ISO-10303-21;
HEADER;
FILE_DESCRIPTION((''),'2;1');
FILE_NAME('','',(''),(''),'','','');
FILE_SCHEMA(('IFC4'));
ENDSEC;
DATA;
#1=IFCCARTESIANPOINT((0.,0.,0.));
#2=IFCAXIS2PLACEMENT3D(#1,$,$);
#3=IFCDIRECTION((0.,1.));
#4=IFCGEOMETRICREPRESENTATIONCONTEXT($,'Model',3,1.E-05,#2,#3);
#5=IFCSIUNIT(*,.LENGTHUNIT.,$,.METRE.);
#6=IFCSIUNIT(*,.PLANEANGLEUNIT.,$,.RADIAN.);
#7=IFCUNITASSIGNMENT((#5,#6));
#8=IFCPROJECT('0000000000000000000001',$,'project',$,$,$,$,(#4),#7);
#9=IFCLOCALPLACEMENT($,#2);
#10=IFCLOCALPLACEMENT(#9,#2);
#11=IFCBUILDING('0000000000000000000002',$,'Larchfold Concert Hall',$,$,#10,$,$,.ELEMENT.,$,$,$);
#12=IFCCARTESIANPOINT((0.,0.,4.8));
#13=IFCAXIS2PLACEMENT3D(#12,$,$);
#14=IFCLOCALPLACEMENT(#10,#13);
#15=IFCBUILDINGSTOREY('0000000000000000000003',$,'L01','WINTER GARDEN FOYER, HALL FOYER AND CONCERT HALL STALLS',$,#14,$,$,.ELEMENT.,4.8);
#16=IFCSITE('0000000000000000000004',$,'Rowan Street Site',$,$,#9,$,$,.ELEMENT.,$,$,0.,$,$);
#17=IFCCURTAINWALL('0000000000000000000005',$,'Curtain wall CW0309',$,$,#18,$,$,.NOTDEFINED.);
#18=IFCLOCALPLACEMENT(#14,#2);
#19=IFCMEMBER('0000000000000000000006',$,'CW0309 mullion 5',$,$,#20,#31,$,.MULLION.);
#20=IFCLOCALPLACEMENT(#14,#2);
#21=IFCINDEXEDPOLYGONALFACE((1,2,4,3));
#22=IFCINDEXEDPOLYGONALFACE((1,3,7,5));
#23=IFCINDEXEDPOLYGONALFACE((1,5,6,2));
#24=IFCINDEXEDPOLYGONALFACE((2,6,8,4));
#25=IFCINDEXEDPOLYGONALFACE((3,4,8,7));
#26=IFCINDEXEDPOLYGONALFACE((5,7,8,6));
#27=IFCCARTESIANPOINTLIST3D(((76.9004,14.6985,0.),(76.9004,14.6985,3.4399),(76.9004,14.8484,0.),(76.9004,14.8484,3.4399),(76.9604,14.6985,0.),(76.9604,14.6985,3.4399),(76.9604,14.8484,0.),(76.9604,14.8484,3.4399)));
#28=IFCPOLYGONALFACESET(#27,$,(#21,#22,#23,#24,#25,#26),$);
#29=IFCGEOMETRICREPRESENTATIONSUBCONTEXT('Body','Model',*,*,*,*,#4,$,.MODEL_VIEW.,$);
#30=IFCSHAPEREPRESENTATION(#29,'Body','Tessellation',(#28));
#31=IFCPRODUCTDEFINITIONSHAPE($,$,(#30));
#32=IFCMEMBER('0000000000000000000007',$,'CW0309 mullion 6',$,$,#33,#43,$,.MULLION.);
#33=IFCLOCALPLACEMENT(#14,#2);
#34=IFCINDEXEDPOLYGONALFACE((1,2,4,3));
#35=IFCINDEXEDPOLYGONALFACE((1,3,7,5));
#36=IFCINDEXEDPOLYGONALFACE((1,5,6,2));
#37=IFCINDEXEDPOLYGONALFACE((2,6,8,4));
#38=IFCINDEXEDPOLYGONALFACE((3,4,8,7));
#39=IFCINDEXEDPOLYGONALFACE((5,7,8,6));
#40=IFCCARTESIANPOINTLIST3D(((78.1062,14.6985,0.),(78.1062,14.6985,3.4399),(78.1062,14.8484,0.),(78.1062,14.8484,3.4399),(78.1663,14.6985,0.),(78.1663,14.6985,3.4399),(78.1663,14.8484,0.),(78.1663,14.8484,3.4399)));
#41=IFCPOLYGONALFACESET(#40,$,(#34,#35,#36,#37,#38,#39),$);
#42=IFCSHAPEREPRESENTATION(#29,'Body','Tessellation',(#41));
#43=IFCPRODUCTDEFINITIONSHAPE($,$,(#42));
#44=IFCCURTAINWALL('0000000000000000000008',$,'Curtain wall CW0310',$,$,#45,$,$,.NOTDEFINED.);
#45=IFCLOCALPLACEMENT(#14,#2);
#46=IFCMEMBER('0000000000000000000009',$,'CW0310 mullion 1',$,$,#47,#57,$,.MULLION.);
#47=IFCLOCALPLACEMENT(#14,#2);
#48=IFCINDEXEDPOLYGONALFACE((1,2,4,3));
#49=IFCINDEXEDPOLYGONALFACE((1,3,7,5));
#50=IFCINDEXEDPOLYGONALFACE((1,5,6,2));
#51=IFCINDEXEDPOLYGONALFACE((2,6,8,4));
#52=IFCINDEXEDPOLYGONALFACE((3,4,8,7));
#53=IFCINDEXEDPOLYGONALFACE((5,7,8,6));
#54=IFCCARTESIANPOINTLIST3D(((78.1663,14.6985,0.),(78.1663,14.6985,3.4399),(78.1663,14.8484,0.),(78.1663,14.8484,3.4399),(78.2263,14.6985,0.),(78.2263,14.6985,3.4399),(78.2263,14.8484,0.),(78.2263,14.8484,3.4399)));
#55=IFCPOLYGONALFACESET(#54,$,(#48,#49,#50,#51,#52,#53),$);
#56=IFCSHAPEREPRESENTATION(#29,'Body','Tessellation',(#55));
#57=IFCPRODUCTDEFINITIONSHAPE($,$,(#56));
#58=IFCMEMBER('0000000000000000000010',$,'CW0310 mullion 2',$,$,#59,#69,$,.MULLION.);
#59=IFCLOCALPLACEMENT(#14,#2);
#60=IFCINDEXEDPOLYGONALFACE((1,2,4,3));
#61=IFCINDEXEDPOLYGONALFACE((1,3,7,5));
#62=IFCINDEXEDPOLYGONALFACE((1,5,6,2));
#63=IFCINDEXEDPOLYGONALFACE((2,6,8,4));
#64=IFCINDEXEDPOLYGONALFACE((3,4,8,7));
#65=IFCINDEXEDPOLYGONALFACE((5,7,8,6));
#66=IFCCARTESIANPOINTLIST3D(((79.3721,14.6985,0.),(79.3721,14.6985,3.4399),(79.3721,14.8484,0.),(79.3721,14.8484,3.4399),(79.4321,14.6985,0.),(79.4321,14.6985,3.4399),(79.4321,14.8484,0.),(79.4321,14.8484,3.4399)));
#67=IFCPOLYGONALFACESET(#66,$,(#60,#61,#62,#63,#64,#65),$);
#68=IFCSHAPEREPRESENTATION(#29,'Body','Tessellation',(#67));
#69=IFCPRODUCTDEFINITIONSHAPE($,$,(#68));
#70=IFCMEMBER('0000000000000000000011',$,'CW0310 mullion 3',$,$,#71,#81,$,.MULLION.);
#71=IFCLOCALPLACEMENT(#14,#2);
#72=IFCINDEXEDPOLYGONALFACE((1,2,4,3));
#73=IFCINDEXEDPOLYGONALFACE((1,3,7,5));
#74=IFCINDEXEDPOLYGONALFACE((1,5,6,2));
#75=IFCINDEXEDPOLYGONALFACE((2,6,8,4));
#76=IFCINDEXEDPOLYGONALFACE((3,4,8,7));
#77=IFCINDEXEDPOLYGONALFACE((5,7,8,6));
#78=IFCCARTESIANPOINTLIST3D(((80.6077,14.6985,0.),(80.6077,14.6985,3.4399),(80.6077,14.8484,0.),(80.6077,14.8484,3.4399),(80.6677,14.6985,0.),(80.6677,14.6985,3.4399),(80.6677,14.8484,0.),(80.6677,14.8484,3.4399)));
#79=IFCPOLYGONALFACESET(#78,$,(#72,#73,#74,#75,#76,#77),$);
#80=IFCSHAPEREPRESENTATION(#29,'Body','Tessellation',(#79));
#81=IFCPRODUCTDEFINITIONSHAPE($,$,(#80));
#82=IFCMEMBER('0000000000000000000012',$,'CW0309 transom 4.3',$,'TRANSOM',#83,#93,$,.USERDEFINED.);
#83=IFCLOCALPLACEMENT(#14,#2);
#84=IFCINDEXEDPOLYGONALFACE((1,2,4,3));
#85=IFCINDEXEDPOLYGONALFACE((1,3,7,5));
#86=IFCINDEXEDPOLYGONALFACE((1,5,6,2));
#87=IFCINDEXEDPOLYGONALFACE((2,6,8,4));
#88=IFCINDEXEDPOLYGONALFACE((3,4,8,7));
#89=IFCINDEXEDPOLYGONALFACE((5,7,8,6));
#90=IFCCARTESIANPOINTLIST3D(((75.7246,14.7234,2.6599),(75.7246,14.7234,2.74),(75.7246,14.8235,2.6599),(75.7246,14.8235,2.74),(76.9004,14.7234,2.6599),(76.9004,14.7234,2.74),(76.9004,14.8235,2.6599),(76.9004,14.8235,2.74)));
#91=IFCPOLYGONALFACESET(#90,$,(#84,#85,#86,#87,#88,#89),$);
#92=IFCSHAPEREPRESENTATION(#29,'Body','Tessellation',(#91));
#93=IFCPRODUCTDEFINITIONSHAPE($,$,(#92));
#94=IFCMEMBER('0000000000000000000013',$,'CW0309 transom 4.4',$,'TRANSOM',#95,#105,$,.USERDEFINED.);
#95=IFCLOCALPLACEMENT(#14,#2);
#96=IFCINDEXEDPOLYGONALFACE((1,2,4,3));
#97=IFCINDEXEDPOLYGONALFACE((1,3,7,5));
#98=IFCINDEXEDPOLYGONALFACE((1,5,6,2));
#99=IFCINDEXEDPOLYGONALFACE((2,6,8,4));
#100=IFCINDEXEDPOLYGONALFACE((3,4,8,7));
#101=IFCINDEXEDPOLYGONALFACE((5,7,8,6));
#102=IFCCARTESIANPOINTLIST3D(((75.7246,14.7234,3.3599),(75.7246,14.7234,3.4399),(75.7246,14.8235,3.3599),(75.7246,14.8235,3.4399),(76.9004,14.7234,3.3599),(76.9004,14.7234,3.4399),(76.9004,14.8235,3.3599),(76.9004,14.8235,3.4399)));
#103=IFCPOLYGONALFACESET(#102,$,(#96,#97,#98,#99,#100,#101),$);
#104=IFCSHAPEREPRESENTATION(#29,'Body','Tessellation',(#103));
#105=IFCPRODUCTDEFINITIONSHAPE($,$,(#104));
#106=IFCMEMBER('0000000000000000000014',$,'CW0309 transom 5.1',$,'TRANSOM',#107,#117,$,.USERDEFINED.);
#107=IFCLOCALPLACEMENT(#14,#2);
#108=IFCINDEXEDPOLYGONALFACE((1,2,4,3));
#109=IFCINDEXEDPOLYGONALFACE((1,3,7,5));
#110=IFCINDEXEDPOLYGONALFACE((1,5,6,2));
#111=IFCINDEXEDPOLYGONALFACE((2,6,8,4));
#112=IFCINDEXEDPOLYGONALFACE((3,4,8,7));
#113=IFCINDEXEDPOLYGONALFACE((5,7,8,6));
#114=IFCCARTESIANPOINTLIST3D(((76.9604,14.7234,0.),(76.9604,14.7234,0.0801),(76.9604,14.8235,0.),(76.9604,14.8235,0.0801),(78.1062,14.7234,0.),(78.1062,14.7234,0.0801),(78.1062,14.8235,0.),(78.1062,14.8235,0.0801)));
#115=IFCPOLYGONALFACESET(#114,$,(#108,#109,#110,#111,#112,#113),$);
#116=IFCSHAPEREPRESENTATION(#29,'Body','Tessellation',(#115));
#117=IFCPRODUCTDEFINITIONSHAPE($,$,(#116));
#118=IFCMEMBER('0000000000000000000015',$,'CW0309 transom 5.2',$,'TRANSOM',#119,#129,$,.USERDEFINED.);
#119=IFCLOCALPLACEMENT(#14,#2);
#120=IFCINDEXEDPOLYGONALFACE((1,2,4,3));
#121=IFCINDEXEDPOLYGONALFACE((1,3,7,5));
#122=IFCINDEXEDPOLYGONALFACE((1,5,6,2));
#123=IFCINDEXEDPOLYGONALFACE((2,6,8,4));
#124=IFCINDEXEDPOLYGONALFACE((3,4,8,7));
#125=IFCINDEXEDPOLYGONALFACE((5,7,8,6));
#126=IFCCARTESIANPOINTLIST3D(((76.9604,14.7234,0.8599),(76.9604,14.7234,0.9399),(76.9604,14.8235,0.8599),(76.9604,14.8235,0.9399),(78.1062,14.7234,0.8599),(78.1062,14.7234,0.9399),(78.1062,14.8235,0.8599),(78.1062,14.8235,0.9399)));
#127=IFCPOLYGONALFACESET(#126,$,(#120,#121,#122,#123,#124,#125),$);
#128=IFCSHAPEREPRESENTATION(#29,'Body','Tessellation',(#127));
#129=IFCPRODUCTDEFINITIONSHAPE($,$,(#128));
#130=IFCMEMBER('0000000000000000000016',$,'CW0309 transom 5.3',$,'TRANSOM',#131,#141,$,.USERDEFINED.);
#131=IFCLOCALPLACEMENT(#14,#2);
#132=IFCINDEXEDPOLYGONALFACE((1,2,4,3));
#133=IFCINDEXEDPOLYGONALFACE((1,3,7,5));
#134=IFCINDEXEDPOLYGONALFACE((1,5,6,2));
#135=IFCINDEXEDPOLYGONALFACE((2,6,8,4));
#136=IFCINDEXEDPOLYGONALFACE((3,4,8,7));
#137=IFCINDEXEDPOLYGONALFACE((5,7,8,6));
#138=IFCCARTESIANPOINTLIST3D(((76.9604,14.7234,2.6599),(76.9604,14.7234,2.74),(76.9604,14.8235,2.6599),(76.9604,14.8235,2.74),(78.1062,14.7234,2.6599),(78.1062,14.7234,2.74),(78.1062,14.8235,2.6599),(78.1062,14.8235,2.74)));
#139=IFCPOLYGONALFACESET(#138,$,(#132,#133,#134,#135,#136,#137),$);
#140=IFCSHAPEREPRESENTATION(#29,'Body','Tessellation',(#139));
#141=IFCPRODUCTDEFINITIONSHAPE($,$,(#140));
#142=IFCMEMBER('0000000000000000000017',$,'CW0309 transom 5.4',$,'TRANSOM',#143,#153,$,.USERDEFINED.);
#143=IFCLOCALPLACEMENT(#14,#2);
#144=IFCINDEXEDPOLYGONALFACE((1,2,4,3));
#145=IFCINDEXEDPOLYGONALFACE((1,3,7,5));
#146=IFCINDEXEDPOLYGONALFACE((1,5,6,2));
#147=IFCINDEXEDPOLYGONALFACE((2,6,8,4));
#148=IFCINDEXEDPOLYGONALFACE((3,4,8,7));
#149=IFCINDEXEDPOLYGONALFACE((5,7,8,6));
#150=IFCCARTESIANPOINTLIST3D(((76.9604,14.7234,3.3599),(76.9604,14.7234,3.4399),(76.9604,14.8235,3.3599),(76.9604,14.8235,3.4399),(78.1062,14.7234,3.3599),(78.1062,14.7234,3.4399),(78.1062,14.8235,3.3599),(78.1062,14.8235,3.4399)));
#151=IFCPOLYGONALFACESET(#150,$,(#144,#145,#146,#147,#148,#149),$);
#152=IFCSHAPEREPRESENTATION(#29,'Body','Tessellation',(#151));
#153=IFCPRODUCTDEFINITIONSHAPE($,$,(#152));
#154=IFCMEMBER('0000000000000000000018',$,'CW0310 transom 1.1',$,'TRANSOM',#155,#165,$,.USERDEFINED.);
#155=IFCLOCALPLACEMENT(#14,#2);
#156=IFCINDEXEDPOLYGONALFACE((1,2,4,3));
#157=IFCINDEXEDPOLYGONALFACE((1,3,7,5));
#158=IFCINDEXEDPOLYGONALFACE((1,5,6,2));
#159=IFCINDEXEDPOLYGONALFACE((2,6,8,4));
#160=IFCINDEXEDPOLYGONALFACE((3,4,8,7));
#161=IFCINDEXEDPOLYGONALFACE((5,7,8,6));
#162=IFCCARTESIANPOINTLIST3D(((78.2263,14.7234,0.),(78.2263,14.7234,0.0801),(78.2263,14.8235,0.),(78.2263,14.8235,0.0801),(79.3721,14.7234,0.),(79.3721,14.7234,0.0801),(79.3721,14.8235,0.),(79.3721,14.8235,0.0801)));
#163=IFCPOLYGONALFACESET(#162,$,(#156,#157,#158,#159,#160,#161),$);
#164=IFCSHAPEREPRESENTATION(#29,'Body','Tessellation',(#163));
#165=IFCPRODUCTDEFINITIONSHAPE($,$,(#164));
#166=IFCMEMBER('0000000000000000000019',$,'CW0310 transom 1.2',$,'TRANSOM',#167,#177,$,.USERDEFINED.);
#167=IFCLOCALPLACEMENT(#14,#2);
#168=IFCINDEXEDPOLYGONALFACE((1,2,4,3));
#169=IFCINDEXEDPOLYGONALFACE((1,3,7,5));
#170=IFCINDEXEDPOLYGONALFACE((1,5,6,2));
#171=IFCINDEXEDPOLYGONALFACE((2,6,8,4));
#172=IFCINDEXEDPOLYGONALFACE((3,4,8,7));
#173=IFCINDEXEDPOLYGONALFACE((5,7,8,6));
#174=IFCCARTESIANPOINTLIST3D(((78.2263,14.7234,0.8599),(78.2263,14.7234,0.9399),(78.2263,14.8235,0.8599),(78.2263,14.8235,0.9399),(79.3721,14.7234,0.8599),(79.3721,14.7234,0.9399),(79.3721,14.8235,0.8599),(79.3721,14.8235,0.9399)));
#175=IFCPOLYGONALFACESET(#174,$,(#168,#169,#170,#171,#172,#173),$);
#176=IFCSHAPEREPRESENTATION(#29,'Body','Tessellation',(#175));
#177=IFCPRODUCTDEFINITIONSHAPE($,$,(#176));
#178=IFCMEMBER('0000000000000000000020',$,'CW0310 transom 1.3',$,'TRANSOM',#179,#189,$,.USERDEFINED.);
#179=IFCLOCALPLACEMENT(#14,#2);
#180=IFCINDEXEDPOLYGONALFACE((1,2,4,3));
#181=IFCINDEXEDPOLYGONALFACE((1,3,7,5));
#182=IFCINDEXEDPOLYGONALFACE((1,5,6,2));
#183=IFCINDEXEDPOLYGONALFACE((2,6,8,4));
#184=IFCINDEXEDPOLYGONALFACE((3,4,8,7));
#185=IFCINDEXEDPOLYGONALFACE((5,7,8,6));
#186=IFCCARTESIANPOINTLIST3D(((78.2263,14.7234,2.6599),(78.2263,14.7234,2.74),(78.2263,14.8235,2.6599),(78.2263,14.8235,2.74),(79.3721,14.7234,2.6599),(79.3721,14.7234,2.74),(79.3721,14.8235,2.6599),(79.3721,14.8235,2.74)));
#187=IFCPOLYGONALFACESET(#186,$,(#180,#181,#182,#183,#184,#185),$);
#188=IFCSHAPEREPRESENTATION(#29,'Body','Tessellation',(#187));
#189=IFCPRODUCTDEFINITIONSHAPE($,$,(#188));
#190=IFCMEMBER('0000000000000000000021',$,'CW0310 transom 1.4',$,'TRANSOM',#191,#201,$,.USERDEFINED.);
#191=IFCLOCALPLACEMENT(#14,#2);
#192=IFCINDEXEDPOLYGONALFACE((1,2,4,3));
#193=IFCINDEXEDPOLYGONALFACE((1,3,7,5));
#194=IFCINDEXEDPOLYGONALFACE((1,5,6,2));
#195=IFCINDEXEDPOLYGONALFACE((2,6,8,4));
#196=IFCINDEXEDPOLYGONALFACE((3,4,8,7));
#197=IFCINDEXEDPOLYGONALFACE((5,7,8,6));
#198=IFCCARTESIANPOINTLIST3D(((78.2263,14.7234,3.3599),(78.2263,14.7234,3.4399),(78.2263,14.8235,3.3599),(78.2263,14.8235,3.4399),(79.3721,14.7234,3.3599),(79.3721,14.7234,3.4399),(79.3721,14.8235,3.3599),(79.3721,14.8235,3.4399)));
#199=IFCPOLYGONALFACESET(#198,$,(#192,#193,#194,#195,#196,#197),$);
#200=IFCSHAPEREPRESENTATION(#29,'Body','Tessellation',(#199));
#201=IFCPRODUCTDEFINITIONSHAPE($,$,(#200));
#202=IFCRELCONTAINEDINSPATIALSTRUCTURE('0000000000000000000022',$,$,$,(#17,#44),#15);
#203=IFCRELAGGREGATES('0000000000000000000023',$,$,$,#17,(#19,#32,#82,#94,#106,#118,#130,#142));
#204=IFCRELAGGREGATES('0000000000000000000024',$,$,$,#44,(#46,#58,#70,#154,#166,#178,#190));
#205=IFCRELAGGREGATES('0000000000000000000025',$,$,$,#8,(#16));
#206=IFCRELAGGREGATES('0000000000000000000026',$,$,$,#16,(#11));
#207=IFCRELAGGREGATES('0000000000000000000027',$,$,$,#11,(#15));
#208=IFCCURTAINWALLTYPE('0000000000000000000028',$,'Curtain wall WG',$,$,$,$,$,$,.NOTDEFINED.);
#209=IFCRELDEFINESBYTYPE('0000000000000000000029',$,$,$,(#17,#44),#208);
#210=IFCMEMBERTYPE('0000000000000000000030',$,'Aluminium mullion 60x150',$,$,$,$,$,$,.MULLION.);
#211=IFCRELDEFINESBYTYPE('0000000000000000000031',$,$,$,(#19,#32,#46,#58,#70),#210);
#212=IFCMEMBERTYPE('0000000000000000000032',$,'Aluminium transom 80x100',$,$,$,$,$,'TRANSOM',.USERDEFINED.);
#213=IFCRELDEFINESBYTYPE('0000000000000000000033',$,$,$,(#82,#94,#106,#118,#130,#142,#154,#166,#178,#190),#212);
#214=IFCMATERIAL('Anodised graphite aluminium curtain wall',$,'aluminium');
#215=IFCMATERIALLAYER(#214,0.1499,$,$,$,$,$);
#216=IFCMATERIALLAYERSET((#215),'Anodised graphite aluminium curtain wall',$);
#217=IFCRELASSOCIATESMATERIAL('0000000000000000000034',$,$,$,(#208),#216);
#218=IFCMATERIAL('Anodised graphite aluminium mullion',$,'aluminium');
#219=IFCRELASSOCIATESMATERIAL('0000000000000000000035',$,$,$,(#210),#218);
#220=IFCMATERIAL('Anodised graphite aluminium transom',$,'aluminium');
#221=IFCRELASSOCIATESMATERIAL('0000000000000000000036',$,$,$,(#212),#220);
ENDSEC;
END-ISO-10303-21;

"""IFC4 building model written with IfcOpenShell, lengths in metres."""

from ifc_helpers import new_model, si_unit, direction, frame, origin, origin_2d, place, context, subcontext, project, spatial, rectangle, extrude, material, layer, layer_set, material_profile, profile_set, type_object, element, aggregate, save


model = new_model("IFC4")

# Units and contexts
model_context = context("Model", 3, precision=1e-05, world=origin(), true_north=direction((0.0, 1.0)))
body_context = subcontext(model_context, "Body", "Model", "MODEL_VIEW")
ifc_project = project(units=[si_unit("LENGTHUNIT", "METRE"), si_unit("PLANEANGLEUNIT", "RADIAN")], contexts=[model_context])

# Site, building, storey
site_placement = place(None, origin())
site = spatial("IfcSite", under=ifc_project, at=site_placement, Name="Rowan Street Site", CompositionType="ELEMENT", RefElevation=0.0)
building_placement = place(site_placement, origin())
building = spatial("IfcBuilding", under=site, at=building_placement, Name="Larchfold Concert Hall", CompositionType="ELEMENT")
storey_placement = place(building_placement, frame((0.0, 0.0, 4.8)))
storey = spatial("IfcBuildingStorey", under=building, at=storey_placement, Name="L01", Description="WINTER GARDEN FOYER, HALL FOYER AND CONCERT HALL STALLS", CompositionType="ELEMENT", Elevation=4.8)

# Curtain walls, members
ifc_material_1 = material(Name="Anodised graphite aluminium curtain wall", Category="aluminium")
ifc_layer_1 = layer(ifc_material_1, 0.1499)
ifc_layer_set_1 = layer_set([ifc_layer_1], Name="Anodised graphite aluminium curtain wall")
curtain_wall_type = type_object("IfcCurtainWallType", Name="Curtain wall WG", PredefinedType="NOTDEFINED", material=ifc_layer_set_1)
curtain_wall_1_placement = place(storey_placement, origin())
curtain_wall_1 = element("IfcCurtainWall", 1, at=curtain_wall_1_placement, inside=storey, type_object=curtain_wall_type, Name="Curtain wall CW0309", PredefinedType="NOTDEFINED")
ifc_material_2 = material(Name="Anodised graphite aluminium mullion", Category="aluminium")
ifc_material_profile_1 = material_profile(ifc_material_2, rectangle(XDim=0.1499, YDim=0.0601, at=origin_2d()))
ifc_profile_set_1 = profile_set([ifc_material_profile_1], Name="Anodised graphite aluminium mullion")
member_type_1 = type_object("IfcMemberType", Name="Aluminium mullion 60x150", PredefinedType="MULLION", material=ifc_profile_set_1)
member_1_placement = place(storey_placement, frame((76.9304, 14.7734, 0.0), z_axis=(0.0, 0.0, 1.0), x_axis=(0.0, 1.0, 0.0)))
member_1 = element("IfcMember", 2, at=member_1_placement, type_object=member_type_1, Name="CW0309 mullion 5", PredefinedType="MULLION", context=body_context, shape_type="SweptSolid", body=[
    extrude(rectangle(XDim=0.1499, YDim=0.0601, at=origin_2d()), origin(), (0.0, 0.0, 1.0), 3.4399),
])
member_2_placement = place(storey_placement, frame((78.1362, 14.7734, 0.0), z_axis=(0.0, 0.0, 1.0), x_axis=(0.0, 1.0, 0.0)))
member_2 = element("IfcMember", 3, at=member_2_placement, type_object=member_type_1, Name="CW0309 mullion 6", PredefinedType="MULLION", context=body_context, shape_type="SweptSolid", body=[
    extrude(rectangle(XDim=0.1499, YDim=0.0601, at=origin_2d()), origin(), (0.0, 0.0, 1.0), 3.4399),
])
curtain_wall_2_placement = place(storey_placement, origin())
curtain_wall_2 = element("IfcCurtainWall", 4, at=curtain_wall_2_placement, inside=storey, type_object=curtain_wall_type, Name="Curtain wall CW0310", PredefinedType="NOTDEFINED")
member_3_placement = place(storey_placement, frame((78.1963, 14.7734, 0.0), z_axis=(0.0, 0.0, 1.0), x_axis=(0.0, 1.0, 0.0)))
member_3 = element("IfcMember", 5, at=member_3_placement, type_object=member_type_1, Name="CW0310 mullion 1", PredefinedType="MULLION", context=body_context, shape_type="SweptSolid", body=[
    extrude(rectangle(XDim=0.1499, YDim=0.0601, at=origin_2d()), origin(), (0.0, 0.0, 1.0), 3.4399),
])
member_4_placement = place(storey_placement, frame((79.4021, 14.7734, 0.0), z_axis=(0.0, 0.0, 1.0), x_axis=(0.0, 1.0, 0.0)))
member_4 = element("IfcMember", 6, at=member_4_placement, type_object=member_type_1, Name="CW0310 mullion 2", PredefinedType="MULLION", context=body_context, shape_type="SweptSolid", body=[
    extrude(rectangle(XDim=0.1499, YDim=0.0601, at=origin_2d()), origin(), (0.0, 0.0, 1.0), 3.4399),
])
member_5_placement = place(storey_placement, frame((80.6377, 14.7734, 0.0), z_axis=(0.0, 0.0, 1.0), x_axis=(0.0, 1.0, 0.0)))
member_5 = element("IfcMember", 7, at=member_5_placement, type_object=member_type_1, Name="CW0310 mullion 3", PredefinedType="MULLION", context=body_context, shape_type="SweptSolid", body=[
    extrude(rectangle(XDim=0.1499, YDim=0.0601, at=origin_2d()), origin(), (0.0, 0.0, 1.0), 3.4399),
])

# Members
ifc_material_3 = material(Name="Anodised graphite aluminium transom", Category="aluminium")
ifc_material_profile_2 = material_profile(ifc_material_3, rectangle(XDim=0.1001, YDim=0.0801, at=origin_2d()))
ifc_profile_set_2 = profile_set([ifc_material_profile_2], Name="Anodised graphite aluminium transom")
member_type_2 = type_object("IfcMemberType", Name="Aluminium transom 80x100", ElementType="TRANSOM", PredefinedType="USERDEFINED", material=ifc_profile_set_2)
member_6_placement = place(storey_placement, frame((75.7246, 14.7734, 2.7), z_axis=(1.0, 0.0, 0.0), x_axis=(0.0, 1.0, 0.0)))
member_6 = element("IfcMember", 8, at=member_6_placement, type_object=member_type_2, Name="CW0309 transom 4.3", ObjectType="TRANSOM", PredefinedType="USERDEFINED", context=body_context, shape_type="SweptSolid", body=[
    extrude(rectangle(XDim=0.1001, YDim=0.0801, at=origin_2d()), origin(), (0.0, 0.0, 1.0), 1.1758),
])
member_7_placement = place(storey_placement, frame((75.7246, 14.7734, 3.3999), z_axis=(1.0, 0.0, 0.0), x_axis=(0.0, 1.0, 0.0)))
member_7 = element("IfcMember", 9, at=member_7_placement, type_object=member_type_2, Name="CW0309 transom 4.4", ObjectType="TRANSOM", PredefinedType="USERDEFINED", context=body_context, shape_type="SweptSolid", body=[
    extrude(rectangle(XDim=0.1001, YDim=0.0801, at=origin_2d()), origin(), (0.0, 0.0, 1.0), 1.1758),
])
member_8_placement = place(storey_placement, frame((76.9604, 14.7734, 0.04), z_axis=(1.0, 0.0, 0.0), x_axis=(0.0, 1.0, 0.0)))
member_8 = element("IfcMember", 10, at=member_8_placement, type_object=member_type_2, Name="CW0309 transom 5.1", ObjectType="TRANSOM", PredefinedType="USERDEFINED", context=body_context, shape_type="SweptSolid", body=[
    extrude(rectangle(XDim=0.1001, YDim=0.0801, at=origin_2d()), origin(), (0.0, 0.0, 1.0), 1.1458),
])
member_9_placement = place(storey_placement, frame((76.9604, 14.7734, 0.8999), z_axis=(1.0, 0.0, 0.0), x_axis=(0.0, 1.0, 0.0)))
member_9 = element("IfcMember", 11, at=member_9_placement, type_object=member_type_2, Name="CW0309 transom 5.2", ObjectType="TRANSOM", PredefinedType="USERDEFINED", context=body_context, shape_type="SweptSolid", body=[
    extrude(rectangle(XDim=0.1001, YDim=0.0801, at=origin_2d()), origin(), (0.0, 0.0, 1.0), 1.1458),
])
member_10_placement = place(storey_placement, frame((76.9604, 14.7734, 2.7), z_axis=(1.0, 0.0, 0.0), x_axis=(0.0, 1.0, 0.0)))
member_10 = element("IfcMember", 12, at=member_10_placement, type_object=member_type_2, Name="CW0309 transom 5.3", ObjectType="TRANSOM", PredefinedType="USERDEFINED", context=body_context, shape_type="SweptSolid", body=[
    extrude(rectangle(XDim=0.1001, YDim=0.0801, at=origin_2d()), origin(), (0.0, 0.0, 1.0), 1.1458),
])
member_11_placement = place(storey_placement, frame((76.9604, 14.7734, 3.3999), z_axis=(1.0, 0.0, 0.0), x_axis=(0.0, 1.0, 0.0)))
member_11 = element("IfcMember", 13, at=member_11_placement, type_object=member_type_2, Name="CW0309 transom 5.4", ObjectType="TRANSOM", PredefinedType="USERDEFINED", context=body_context, shape_type="SweptSolid", body=[
    extrude(rectangle(XDim=0.1001, YDim=0.0801, at=origin_2d()), origin(), (0.0, 0.0, 1.0), 1.1458),
])
member_12_placement = place(storey_placement, frame((78.2263, 14.7734, 0.04), z_axis=(1.0, 0.0, 0.0), x_axis=(0.0, 1.0, 0.0)))
member_12 = element("IfcMember", 14, at=member_12_placement, type_object=member_type_2, Name="CW0310 transom 1.1", ObjectType="TRANSOM", PredefinedType="USERDEFINED", context=body_context, shape_type="SweptSolid", body=[
    extrude(rectangle(XDim=0.1001, YDim=0.0801, at=origin_2d()), origin(), (0.0, 0.0, 1.0), 1.1458),
])
member_13_placement = place(storey_placement, frame((78.2263, 14.7734, 0.8999), z_axis=(1.0, 0.0, 0.0), x_axis=(0.0, 1.0, 0.0)))
member_13 = element("IfcMember", 15, at=member_13_placement, type_object=member_type_2, Name="CW0310 transom 1.2", ObjectType="TRANSOM", PredefinedType="USERDEFINED", context=body_context, shape_type="SweptSolid", body=[
    extrude(rectangle(XDim=0.1001, YDim=0.0801, at=origin_2d()), origin(), (0.0, 0.0, 1.0), 1.1458),
])
member_14_placement = place(storey_placement, frame((78.2263, 14.7734, 2.7), z_axis=(1.0, 0.0, 0.0), x_axis=(0.0, 1.0, 0.0)))
member_14 = element("IfcMember", 16, at=member_14_placement, type_object=member_type_2, Name="CW0310 transom 1.3", ObjectType="TRANSOM", PredefinedType="USERDEFINED", context=body_context, shape_type="SweptSolid", body=[
    extrude(rectangle(XDim=0.1001, YDim=0.0801, at=origin_2d()), origin(), (0.0, 0.0, 1.0), 1.1458),
])
member_15_placement = place(storey_placement, frame((78.2263, 14.7734, 3.3999), z_axis=(1.0, 0.0, 0.0), x_axis=(0.0, 1.0, 0.0)))
member_15 = element("IfcMember", 17, at=member_15_placement, type_object=member_type_2, Name="CW0310 transom 1.4", ObjectType="TRANSOM", PredefinedType="USERDEFINED", context=body_context, shape_type="SweptSolid", body=[
    extrude(rectangle(XDim=0.1001, YDim=0.0801, at=origin_2d()), origin(), (0.0, 0.0, 1.0), 1.1458),
])

aggregate(curtain_wall_1, [member_1, member_2, member_6, member_7, member_8, member_9, member_10, member_11])
aggregate(curtain_wall_2, [member_3, member_4, member_5, member_12, member_13, member_14, member_15])

save(model, "model.ifc")
